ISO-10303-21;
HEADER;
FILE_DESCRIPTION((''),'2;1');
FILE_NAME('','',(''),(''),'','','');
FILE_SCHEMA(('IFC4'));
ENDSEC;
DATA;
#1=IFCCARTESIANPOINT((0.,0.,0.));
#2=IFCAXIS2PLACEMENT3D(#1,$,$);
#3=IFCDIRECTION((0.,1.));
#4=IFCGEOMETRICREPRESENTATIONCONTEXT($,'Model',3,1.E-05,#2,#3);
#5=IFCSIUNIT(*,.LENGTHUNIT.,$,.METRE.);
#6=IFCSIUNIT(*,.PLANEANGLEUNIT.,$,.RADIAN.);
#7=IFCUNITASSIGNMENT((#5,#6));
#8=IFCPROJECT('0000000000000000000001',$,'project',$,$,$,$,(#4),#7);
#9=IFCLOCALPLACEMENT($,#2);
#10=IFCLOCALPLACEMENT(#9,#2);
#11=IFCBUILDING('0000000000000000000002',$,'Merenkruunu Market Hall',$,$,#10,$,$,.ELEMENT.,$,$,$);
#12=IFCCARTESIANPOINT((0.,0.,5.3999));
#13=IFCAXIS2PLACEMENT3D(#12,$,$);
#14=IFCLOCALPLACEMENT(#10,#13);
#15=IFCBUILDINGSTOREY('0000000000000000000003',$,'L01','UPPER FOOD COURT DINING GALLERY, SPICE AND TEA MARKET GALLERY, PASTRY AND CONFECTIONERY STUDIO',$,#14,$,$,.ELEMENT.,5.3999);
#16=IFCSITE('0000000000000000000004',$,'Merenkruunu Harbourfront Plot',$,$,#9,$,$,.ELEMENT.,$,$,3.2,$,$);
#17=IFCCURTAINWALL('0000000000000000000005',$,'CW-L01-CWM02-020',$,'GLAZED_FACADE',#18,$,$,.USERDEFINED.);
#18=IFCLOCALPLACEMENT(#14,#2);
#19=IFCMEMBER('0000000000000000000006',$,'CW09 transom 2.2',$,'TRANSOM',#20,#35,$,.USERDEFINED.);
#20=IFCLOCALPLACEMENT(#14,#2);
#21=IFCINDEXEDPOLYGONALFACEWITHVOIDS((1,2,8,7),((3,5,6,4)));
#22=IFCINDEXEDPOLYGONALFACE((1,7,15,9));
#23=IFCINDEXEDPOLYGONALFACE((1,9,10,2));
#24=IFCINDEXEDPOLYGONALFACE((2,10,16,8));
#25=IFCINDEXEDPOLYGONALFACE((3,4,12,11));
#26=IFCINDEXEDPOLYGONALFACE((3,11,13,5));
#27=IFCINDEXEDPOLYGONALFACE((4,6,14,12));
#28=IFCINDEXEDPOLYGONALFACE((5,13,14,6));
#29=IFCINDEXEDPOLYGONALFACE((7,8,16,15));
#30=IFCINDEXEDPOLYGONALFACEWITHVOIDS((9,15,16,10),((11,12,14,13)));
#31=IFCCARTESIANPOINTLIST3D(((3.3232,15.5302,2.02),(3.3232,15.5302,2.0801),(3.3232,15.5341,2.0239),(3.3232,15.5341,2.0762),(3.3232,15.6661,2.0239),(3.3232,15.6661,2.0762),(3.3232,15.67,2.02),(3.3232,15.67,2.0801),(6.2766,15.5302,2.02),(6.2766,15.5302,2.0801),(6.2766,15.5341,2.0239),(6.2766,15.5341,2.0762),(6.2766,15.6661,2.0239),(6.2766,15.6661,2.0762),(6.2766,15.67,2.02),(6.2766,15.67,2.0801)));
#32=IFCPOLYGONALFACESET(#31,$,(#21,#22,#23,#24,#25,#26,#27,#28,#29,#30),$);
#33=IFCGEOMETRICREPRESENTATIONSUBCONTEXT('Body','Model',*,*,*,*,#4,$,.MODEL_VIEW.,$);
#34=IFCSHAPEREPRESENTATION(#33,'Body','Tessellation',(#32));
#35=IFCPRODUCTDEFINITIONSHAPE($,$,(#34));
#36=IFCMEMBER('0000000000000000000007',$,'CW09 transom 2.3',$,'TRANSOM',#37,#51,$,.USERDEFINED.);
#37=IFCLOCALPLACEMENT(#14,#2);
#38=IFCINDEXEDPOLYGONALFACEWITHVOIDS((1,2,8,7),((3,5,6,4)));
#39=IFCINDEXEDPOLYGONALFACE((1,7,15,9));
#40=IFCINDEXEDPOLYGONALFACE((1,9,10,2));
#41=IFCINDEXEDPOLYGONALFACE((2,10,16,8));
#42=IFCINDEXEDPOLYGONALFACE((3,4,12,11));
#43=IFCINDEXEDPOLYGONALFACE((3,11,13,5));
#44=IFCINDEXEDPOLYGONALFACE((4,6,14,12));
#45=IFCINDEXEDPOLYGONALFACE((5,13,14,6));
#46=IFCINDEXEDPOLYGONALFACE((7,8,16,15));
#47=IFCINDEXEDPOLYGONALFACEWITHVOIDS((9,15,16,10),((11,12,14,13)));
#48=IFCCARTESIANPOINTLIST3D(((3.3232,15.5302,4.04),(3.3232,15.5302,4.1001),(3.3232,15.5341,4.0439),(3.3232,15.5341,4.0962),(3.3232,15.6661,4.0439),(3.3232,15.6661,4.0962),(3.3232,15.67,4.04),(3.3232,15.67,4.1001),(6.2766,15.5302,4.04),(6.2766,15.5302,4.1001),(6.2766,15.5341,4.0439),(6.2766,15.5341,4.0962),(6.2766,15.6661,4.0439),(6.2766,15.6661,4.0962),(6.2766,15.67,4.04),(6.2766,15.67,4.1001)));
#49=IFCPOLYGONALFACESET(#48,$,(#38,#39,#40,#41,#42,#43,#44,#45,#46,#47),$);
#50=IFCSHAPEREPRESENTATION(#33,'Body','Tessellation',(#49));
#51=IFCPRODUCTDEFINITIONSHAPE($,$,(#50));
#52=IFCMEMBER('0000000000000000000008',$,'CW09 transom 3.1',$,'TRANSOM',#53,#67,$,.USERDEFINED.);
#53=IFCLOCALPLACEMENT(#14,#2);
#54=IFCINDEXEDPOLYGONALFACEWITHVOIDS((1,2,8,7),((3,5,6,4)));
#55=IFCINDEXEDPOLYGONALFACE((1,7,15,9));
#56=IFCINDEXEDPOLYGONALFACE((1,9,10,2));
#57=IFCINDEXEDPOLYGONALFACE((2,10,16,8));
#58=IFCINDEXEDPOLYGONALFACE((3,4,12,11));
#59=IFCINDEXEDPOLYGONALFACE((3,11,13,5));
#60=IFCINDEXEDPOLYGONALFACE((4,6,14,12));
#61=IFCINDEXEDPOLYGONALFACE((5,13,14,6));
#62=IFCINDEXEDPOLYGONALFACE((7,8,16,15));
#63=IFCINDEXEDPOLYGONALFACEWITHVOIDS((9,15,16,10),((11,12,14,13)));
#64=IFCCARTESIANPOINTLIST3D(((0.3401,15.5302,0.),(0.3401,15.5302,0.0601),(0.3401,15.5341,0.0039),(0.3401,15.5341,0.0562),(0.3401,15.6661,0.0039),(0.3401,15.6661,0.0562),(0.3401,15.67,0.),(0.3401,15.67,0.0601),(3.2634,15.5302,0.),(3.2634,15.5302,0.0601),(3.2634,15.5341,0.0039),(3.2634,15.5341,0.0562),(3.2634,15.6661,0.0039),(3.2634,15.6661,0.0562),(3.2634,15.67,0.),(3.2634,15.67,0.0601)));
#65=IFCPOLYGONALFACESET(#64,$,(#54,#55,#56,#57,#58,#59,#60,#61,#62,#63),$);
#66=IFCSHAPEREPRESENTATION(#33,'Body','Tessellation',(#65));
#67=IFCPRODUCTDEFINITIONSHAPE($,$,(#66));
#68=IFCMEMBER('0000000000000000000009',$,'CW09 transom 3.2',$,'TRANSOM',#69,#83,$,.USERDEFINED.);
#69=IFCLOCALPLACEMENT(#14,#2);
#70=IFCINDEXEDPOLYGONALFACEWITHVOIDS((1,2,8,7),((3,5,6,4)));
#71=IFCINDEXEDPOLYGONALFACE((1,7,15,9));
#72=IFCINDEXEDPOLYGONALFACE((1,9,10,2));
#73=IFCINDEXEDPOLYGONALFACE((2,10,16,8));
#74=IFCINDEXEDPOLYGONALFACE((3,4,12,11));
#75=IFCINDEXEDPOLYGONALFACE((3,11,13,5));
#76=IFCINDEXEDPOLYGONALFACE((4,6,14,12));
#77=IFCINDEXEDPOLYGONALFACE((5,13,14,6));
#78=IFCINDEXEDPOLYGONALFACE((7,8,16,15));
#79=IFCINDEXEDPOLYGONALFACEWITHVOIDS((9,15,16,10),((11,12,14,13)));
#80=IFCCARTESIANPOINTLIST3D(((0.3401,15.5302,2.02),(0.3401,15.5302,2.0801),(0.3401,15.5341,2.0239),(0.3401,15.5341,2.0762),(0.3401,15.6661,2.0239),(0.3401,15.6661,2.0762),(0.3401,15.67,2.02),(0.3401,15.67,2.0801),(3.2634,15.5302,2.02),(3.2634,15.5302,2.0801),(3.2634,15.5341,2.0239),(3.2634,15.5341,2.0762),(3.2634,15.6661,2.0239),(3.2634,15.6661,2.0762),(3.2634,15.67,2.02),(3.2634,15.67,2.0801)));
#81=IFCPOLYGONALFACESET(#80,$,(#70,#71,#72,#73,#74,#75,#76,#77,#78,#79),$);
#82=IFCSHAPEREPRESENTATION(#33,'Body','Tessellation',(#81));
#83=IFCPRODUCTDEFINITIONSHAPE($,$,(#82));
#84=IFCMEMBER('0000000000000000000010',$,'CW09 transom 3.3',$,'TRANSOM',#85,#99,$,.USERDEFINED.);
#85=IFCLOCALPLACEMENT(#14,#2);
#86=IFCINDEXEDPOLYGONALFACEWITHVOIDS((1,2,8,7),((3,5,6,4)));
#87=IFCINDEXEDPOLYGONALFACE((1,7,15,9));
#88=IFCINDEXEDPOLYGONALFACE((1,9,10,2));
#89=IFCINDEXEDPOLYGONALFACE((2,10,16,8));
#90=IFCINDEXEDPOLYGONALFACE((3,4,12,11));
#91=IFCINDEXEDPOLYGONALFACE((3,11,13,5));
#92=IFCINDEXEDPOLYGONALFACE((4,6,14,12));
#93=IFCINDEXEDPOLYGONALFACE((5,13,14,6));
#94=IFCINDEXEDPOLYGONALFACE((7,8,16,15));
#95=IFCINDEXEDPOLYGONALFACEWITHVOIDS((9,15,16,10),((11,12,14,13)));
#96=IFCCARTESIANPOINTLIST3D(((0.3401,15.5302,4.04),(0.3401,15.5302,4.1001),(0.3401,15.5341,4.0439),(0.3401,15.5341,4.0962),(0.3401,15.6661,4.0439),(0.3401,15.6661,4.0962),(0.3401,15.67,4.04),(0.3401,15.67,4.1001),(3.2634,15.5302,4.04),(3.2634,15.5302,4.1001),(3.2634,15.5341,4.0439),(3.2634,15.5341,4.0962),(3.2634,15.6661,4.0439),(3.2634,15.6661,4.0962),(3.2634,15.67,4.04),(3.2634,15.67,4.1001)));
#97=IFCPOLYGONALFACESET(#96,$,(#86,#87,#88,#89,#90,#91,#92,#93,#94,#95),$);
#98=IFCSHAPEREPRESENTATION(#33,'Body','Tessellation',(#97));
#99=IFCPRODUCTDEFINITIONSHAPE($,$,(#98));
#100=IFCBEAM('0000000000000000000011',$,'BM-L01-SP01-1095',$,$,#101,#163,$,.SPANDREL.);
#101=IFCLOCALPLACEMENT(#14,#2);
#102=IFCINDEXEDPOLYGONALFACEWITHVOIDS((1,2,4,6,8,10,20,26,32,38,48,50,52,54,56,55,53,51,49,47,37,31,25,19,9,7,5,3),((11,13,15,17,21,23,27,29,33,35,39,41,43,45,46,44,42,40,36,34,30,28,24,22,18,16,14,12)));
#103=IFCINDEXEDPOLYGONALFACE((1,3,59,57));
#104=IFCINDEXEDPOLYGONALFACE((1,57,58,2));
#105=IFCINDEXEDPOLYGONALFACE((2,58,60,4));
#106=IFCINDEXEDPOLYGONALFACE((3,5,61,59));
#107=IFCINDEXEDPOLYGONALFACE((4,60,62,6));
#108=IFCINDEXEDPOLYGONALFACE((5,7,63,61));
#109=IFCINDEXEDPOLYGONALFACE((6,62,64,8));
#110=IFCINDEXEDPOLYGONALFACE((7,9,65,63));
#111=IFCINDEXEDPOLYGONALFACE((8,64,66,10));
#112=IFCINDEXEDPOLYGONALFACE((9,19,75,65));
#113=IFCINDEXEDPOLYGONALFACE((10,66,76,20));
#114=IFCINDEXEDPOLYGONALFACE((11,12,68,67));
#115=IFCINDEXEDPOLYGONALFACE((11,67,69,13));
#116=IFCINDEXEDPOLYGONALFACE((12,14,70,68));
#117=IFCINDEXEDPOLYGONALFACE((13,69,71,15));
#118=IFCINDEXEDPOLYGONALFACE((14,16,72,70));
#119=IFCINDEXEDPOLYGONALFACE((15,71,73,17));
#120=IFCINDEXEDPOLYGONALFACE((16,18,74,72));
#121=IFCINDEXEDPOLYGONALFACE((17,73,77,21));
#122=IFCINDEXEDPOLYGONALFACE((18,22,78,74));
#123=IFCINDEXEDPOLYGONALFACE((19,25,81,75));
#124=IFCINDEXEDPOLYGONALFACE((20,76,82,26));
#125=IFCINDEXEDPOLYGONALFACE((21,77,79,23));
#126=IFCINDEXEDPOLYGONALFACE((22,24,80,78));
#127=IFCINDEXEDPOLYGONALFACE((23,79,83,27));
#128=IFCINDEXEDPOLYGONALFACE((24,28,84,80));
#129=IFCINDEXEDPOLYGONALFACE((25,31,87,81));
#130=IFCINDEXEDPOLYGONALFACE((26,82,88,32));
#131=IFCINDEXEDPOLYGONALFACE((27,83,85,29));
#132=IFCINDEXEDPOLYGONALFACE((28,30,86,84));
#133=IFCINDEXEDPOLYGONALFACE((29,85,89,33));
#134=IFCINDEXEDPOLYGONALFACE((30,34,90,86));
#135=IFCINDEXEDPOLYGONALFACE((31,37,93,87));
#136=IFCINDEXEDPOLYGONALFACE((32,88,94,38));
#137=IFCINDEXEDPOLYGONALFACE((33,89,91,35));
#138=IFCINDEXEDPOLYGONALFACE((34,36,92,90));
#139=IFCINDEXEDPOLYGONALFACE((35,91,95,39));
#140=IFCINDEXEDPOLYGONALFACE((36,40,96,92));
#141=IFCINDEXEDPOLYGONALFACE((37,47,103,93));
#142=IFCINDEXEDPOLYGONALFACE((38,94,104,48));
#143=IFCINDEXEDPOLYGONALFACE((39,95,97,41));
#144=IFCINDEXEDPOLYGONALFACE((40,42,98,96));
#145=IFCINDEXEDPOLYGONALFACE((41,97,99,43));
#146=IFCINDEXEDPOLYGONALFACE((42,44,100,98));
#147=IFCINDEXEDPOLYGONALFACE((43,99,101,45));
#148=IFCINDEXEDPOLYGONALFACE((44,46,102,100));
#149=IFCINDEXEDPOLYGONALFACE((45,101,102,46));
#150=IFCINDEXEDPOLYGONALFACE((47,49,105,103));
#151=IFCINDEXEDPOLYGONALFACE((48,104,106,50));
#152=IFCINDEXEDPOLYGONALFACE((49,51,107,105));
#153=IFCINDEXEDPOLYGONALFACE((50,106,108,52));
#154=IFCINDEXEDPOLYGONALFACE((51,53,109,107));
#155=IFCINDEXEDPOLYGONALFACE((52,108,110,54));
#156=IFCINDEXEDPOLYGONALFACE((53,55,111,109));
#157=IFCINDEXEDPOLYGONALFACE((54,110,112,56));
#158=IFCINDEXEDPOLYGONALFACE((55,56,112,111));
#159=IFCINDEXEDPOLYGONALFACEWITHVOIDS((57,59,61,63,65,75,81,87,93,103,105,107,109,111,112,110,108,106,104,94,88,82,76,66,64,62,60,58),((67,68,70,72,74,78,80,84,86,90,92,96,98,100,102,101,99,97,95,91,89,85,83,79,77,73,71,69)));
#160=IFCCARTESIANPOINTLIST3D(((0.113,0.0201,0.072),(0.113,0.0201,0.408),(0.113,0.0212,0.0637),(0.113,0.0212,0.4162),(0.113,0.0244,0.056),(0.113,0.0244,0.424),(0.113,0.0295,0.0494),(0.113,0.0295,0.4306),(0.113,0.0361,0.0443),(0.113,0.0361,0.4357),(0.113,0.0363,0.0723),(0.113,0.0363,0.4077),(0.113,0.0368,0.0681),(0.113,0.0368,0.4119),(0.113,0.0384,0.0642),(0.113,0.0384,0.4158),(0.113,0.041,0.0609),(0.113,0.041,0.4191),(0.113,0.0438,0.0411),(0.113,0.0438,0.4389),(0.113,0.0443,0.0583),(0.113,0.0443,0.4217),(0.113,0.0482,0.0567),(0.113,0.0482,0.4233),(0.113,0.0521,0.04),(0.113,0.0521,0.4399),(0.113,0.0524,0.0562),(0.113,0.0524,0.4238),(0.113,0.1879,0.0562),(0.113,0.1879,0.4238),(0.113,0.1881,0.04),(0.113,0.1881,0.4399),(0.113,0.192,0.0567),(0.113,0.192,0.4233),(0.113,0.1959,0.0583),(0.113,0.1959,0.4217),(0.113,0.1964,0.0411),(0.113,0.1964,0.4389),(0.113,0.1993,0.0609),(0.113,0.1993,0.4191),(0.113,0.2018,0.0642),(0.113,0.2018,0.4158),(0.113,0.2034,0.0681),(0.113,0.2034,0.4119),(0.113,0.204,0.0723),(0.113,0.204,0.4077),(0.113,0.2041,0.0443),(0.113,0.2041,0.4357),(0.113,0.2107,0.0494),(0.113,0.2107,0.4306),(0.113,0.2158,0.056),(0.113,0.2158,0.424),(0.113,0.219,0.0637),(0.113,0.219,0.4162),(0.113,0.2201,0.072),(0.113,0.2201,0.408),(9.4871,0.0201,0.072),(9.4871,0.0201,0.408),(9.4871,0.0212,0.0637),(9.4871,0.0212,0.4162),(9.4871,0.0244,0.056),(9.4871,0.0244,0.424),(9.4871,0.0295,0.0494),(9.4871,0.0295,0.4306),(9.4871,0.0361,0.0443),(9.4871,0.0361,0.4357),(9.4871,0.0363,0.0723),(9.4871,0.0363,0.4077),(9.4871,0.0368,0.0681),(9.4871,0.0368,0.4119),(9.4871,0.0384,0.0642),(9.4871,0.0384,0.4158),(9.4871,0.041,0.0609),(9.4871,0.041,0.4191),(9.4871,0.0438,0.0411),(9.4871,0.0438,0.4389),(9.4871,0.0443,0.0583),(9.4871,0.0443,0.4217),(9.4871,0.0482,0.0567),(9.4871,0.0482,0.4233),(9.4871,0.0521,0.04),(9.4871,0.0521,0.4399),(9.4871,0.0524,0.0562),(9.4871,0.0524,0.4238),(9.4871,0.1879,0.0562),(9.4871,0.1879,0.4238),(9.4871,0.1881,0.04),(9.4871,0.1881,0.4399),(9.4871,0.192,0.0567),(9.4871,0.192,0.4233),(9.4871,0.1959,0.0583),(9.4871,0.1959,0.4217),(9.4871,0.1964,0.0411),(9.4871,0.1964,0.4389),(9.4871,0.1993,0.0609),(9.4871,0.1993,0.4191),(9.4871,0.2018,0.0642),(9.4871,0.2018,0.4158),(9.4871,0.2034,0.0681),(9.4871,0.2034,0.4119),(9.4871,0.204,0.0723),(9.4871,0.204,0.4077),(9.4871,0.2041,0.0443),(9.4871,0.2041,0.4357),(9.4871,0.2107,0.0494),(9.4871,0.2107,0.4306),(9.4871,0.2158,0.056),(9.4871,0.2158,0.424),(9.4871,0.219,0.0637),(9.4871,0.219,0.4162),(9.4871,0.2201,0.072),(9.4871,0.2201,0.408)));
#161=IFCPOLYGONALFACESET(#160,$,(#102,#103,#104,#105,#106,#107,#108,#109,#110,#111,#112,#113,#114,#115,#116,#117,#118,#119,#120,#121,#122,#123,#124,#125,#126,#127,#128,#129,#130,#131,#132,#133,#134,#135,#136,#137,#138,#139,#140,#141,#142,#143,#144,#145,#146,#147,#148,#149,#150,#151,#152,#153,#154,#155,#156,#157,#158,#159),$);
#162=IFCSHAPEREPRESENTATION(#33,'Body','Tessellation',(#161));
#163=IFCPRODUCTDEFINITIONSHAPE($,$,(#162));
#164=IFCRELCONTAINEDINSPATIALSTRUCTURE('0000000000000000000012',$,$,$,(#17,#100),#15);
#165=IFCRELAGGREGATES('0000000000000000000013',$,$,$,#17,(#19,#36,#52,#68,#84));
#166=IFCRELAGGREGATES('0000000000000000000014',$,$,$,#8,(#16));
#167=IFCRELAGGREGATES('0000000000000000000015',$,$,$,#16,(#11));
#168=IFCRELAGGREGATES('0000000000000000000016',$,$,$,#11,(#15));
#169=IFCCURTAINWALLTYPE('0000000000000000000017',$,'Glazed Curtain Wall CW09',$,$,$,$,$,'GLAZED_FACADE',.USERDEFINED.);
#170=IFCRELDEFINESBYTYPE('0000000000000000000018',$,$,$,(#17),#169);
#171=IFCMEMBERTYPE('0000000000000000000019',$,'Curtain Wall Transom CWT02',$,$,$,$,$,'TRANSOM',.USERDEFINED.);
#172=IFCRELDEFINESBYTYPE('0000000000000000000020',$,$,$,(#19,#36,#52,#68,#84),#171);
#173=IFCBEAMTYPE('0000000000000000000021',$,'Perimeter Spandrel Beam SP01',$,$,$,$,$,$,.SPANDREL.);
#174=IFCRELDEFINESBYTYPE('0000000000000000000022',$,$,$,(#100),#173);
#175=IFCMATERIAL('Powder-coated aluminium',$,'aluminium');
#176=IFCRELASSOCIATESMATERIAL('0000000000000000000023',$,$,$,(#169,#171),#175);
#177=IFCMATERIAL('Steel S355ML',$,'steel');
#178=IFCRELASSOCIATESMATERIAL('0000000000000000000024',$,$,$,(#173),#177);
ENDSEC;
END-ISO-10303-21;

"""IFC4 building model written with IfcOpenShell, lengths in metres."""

from ifc_helpers import new_model, si_unit, direction, frame, origin, origin_2d, place, context, subcontext, project, spatial, hollow_rectangle, extrude, material, material_profile, profile_set, type_object, element, aggregate, save


model = new_model("IFC4")

# Units and contexts
model_context = context("Model", 3, precision=1e-05, world=origin(), true_north=direction((0.0, 1.0)))
body_context = subcontext(model_context, "Body", "Model", "MODEL_VIEW")
ifc_project = project(units=[si_unit("LENGTHUNIT", "METRE"), si_unit("PLANEANGLEUNIT", "RADIAN")], contexts=[model_context])

# Site, building, storey
site_placement = place(None, origin())
site = spatial("IfcSite", under=ifc_project, at=site_placement, Name="Merenkruunu Harbourfront Plot", CompositionType="ELEMENT", RefElevation=3.2)
building_placement = place(site_placement, origin())
building = spatial("IfcBuilding", under=site, at=building_placement, Name="Merenkruunu Market Hall", CompositionType="ELEMENT")
storey_placement = place(building_placement, frame((0.0, 0.0, 5.3999)))
storey = spatial("IfcBuildingStorey", under=building, at=storey_placement, Name="L01", Description="UPPER FOOD COURT DINING GALLERY, SPICE AND TEA MARKET GALLERY, PASTRY AND CONFECTIONERY STUDIO", CompositionType="ELEMENT", Elevation=5.3999)

# Curtain wall, members
ifc_material_1 = material(Name="Powder-coated aluminium", Category="aluminium")
curtain_wall_type = type_object("IfcCurtainWallType", Name="Glazed Curtain Wall CW09", ElementType="GLAZED_FACADE", PredefinedType="USERDEFINED", material=ifc_material_1)
curtain_wall_placement = place(storey_placement, origin())
curtain_wall = element("IfcCurtainWall", 1, at=curtain_wall_placement, inside=storey, type_object=curtain_wall_type, Name="CW-L01-CWM02-020", ObjectType="GLAZED_FACADE", PredefinedType="USERDEFINED")
ifc_material_profile_1 = material_profile(ifc_material_1, hollow_rectangle(XDim=0.0601, YDim=0.1399, WallThickness=0.0039, at=origin_2d()), Name="ALU 60x140x4")
ifc_profile_set_1 = profile_set([ifc_material_profile_1], Name="Powder-coated aluminium")
member_type_1 = type_object("IfcMemberType", Name="Curtain Wall Transom CWT02", ElementType="TRANSOM", PredefinedType="USERDEFINED", material=ifc_profile_set_1)
member_1_placement = place(storey_placement, frame((6.2766, 15.6001, 2.05), z_axis=(-1.0, 0.0, 0.0), x_axis=(0.0, 0.0, 1.0)))
member_1 = element("IfcMember", 2, at=member_1_placement, type_object=member_type_1, Name="CW09 transom 2.2", ObjectType="TRANSOM", PredefinedType="USERDEFINED", context=body_context, shape_type="SweptSolid", body=[
    extrude(hollow_rectangle(XDim=0.0601, YDim=0.1399, WallThickness=0.0039, at=origin_2d()), origin(), (0.0, 0.0, 1.0), 2.9534),
])
member_2_placement = place(storey_placement, frame((6.2766, 15.6001, 4.0701), z_axis=(-1.0, 0.0, 0.0), x_axis=(0.0, 0.0, 1.0)))
member_2 = element("IfcMember", 3, at=member_2_placement, type_object=member_type_1, Name="CW09 transom 2.3", ObjectType="TRANSOM", PredefinedType="USERDEFINED", context=body_context, shape_type="SweptSolid", body=[
    extrude(hollow_rectangle(XDim=0.0601, YDim=0.1399, WallThickness=0.0039, at=origin_2d()), origin(), (0.0, 0.0, 1.0), 2.9534),
])
member_3_placement = place(storey_placement, frame((3.2634, 15.6001, 0.03), z_axis=(-1.0, 0.0, 0.0), x_axis=(0.0, 0.0, 1.0)))
member_3 = element("IfcMember", 4, at=member_3_placement, type_object=member_type_1, Name="CW09 transom 3.1", ObjectType="TRANSOM", PredefinedType="USERDEFINED", context=body_context, shape_type="SweptSolid", body=[
    extrude(hollow_rectangle(XDim=0.0601, YDim=0.1399, WallThickness=0.0039, at=origin_2d()), origin(), (0.0, 0.0, 1.0), 2.9233),
])
member_4_placement = place(storey_placement, frame((3.2634, 15.6001, 2.05), z_axis=(-1.0, 0.0, 0.0), x_axis=(0.0, 0.0, 1.0)))
member_4 = element("IfcMember", 5, at=member_4_placement, type_object=member_type_1, Name="CW09 transom 3.2", ObjectType="TRANSOM", PredefinedType="USERDEFINED", context=body_context, shape_type="SweptSolid", body=[
    extrude(hollow_rectangle(XDim=0.0601, YDim=0.1399, WallThickness=0.0039, at=origin_2d()), origin(), (0.0, 0.0, 1.0), 2.9233),
])
member_5_placement = place(storey_placement, frame((3.2634, 15.6001, 4.0701), z_axis=(-1.0, 0.0, 0.0), x_axis=(0.0, 0.0, 1.0)))
member_5 = element("IfcMember", 6, at=member_5_placement, type_object=member_type_1, Name="CW09 transom 3.3", ObjectType="TRANSOM", PredefinedType="USERDEFINED", context=body_context, shape_type="SweptSolid", body=[
    extrude(hollow_rectangle(XDim=0.0601, YDim=0.1399, WallThickness=0.0039, at=origin_2d()), origin(), (0.0, 0.0, 1.0), 2.9233),
])

# Beam
ifc_material_2 = material(Name="Steel S355ML", Category="steel")
ifc_material_profile_2 = material_profile(ifc_material_2, hollow_rectangle(XDim=0.2, YDim=0.3999, WallThickness=0.0161, InnerFilletRadius=0.0161, OuterFilletRadius=0.032, at=origin_2d()), Name="RHS 400x200x16")
ifc_profile_set_2 = profile_set([ifc_material_profile_2], Name="Steel S355ML")
beam_type_1 = type_object("IfcBeamType", Name="Perimeter Spandrel Beam SP01", PredefinedType="SPANDREL", material=ifc_profile_set_2)
beam_1_placement = place(storey_placement, frame((0.113, 0.1201, 0.24), z_axis=(1.0, 0.0, 0.0), x_axis=(0.0, 1.0, 0.0)))
element("IfcBeam", 7, at=beam_1_placement, inside=storey, type_object=beam_type_1, Name="BM-L01-SP01-1095", PredefinedType="SPANDREL", context=body_context, shape_type="SweptSolid", body=[
    extrude(hollow_rectangle(XDim=0.2, YDim=0.3999, WallThickness=0.0161, InnerFilletRadius=0.0161, OuterFilletRadius=0.032, at=origin_2d()), origin(), (0.0, 0.0, 1.0), 9.374),
])

aggregate(curtain_wall, [member_1, member_2, member_3, member_4, member_5])

save(model, "model.ifc")
